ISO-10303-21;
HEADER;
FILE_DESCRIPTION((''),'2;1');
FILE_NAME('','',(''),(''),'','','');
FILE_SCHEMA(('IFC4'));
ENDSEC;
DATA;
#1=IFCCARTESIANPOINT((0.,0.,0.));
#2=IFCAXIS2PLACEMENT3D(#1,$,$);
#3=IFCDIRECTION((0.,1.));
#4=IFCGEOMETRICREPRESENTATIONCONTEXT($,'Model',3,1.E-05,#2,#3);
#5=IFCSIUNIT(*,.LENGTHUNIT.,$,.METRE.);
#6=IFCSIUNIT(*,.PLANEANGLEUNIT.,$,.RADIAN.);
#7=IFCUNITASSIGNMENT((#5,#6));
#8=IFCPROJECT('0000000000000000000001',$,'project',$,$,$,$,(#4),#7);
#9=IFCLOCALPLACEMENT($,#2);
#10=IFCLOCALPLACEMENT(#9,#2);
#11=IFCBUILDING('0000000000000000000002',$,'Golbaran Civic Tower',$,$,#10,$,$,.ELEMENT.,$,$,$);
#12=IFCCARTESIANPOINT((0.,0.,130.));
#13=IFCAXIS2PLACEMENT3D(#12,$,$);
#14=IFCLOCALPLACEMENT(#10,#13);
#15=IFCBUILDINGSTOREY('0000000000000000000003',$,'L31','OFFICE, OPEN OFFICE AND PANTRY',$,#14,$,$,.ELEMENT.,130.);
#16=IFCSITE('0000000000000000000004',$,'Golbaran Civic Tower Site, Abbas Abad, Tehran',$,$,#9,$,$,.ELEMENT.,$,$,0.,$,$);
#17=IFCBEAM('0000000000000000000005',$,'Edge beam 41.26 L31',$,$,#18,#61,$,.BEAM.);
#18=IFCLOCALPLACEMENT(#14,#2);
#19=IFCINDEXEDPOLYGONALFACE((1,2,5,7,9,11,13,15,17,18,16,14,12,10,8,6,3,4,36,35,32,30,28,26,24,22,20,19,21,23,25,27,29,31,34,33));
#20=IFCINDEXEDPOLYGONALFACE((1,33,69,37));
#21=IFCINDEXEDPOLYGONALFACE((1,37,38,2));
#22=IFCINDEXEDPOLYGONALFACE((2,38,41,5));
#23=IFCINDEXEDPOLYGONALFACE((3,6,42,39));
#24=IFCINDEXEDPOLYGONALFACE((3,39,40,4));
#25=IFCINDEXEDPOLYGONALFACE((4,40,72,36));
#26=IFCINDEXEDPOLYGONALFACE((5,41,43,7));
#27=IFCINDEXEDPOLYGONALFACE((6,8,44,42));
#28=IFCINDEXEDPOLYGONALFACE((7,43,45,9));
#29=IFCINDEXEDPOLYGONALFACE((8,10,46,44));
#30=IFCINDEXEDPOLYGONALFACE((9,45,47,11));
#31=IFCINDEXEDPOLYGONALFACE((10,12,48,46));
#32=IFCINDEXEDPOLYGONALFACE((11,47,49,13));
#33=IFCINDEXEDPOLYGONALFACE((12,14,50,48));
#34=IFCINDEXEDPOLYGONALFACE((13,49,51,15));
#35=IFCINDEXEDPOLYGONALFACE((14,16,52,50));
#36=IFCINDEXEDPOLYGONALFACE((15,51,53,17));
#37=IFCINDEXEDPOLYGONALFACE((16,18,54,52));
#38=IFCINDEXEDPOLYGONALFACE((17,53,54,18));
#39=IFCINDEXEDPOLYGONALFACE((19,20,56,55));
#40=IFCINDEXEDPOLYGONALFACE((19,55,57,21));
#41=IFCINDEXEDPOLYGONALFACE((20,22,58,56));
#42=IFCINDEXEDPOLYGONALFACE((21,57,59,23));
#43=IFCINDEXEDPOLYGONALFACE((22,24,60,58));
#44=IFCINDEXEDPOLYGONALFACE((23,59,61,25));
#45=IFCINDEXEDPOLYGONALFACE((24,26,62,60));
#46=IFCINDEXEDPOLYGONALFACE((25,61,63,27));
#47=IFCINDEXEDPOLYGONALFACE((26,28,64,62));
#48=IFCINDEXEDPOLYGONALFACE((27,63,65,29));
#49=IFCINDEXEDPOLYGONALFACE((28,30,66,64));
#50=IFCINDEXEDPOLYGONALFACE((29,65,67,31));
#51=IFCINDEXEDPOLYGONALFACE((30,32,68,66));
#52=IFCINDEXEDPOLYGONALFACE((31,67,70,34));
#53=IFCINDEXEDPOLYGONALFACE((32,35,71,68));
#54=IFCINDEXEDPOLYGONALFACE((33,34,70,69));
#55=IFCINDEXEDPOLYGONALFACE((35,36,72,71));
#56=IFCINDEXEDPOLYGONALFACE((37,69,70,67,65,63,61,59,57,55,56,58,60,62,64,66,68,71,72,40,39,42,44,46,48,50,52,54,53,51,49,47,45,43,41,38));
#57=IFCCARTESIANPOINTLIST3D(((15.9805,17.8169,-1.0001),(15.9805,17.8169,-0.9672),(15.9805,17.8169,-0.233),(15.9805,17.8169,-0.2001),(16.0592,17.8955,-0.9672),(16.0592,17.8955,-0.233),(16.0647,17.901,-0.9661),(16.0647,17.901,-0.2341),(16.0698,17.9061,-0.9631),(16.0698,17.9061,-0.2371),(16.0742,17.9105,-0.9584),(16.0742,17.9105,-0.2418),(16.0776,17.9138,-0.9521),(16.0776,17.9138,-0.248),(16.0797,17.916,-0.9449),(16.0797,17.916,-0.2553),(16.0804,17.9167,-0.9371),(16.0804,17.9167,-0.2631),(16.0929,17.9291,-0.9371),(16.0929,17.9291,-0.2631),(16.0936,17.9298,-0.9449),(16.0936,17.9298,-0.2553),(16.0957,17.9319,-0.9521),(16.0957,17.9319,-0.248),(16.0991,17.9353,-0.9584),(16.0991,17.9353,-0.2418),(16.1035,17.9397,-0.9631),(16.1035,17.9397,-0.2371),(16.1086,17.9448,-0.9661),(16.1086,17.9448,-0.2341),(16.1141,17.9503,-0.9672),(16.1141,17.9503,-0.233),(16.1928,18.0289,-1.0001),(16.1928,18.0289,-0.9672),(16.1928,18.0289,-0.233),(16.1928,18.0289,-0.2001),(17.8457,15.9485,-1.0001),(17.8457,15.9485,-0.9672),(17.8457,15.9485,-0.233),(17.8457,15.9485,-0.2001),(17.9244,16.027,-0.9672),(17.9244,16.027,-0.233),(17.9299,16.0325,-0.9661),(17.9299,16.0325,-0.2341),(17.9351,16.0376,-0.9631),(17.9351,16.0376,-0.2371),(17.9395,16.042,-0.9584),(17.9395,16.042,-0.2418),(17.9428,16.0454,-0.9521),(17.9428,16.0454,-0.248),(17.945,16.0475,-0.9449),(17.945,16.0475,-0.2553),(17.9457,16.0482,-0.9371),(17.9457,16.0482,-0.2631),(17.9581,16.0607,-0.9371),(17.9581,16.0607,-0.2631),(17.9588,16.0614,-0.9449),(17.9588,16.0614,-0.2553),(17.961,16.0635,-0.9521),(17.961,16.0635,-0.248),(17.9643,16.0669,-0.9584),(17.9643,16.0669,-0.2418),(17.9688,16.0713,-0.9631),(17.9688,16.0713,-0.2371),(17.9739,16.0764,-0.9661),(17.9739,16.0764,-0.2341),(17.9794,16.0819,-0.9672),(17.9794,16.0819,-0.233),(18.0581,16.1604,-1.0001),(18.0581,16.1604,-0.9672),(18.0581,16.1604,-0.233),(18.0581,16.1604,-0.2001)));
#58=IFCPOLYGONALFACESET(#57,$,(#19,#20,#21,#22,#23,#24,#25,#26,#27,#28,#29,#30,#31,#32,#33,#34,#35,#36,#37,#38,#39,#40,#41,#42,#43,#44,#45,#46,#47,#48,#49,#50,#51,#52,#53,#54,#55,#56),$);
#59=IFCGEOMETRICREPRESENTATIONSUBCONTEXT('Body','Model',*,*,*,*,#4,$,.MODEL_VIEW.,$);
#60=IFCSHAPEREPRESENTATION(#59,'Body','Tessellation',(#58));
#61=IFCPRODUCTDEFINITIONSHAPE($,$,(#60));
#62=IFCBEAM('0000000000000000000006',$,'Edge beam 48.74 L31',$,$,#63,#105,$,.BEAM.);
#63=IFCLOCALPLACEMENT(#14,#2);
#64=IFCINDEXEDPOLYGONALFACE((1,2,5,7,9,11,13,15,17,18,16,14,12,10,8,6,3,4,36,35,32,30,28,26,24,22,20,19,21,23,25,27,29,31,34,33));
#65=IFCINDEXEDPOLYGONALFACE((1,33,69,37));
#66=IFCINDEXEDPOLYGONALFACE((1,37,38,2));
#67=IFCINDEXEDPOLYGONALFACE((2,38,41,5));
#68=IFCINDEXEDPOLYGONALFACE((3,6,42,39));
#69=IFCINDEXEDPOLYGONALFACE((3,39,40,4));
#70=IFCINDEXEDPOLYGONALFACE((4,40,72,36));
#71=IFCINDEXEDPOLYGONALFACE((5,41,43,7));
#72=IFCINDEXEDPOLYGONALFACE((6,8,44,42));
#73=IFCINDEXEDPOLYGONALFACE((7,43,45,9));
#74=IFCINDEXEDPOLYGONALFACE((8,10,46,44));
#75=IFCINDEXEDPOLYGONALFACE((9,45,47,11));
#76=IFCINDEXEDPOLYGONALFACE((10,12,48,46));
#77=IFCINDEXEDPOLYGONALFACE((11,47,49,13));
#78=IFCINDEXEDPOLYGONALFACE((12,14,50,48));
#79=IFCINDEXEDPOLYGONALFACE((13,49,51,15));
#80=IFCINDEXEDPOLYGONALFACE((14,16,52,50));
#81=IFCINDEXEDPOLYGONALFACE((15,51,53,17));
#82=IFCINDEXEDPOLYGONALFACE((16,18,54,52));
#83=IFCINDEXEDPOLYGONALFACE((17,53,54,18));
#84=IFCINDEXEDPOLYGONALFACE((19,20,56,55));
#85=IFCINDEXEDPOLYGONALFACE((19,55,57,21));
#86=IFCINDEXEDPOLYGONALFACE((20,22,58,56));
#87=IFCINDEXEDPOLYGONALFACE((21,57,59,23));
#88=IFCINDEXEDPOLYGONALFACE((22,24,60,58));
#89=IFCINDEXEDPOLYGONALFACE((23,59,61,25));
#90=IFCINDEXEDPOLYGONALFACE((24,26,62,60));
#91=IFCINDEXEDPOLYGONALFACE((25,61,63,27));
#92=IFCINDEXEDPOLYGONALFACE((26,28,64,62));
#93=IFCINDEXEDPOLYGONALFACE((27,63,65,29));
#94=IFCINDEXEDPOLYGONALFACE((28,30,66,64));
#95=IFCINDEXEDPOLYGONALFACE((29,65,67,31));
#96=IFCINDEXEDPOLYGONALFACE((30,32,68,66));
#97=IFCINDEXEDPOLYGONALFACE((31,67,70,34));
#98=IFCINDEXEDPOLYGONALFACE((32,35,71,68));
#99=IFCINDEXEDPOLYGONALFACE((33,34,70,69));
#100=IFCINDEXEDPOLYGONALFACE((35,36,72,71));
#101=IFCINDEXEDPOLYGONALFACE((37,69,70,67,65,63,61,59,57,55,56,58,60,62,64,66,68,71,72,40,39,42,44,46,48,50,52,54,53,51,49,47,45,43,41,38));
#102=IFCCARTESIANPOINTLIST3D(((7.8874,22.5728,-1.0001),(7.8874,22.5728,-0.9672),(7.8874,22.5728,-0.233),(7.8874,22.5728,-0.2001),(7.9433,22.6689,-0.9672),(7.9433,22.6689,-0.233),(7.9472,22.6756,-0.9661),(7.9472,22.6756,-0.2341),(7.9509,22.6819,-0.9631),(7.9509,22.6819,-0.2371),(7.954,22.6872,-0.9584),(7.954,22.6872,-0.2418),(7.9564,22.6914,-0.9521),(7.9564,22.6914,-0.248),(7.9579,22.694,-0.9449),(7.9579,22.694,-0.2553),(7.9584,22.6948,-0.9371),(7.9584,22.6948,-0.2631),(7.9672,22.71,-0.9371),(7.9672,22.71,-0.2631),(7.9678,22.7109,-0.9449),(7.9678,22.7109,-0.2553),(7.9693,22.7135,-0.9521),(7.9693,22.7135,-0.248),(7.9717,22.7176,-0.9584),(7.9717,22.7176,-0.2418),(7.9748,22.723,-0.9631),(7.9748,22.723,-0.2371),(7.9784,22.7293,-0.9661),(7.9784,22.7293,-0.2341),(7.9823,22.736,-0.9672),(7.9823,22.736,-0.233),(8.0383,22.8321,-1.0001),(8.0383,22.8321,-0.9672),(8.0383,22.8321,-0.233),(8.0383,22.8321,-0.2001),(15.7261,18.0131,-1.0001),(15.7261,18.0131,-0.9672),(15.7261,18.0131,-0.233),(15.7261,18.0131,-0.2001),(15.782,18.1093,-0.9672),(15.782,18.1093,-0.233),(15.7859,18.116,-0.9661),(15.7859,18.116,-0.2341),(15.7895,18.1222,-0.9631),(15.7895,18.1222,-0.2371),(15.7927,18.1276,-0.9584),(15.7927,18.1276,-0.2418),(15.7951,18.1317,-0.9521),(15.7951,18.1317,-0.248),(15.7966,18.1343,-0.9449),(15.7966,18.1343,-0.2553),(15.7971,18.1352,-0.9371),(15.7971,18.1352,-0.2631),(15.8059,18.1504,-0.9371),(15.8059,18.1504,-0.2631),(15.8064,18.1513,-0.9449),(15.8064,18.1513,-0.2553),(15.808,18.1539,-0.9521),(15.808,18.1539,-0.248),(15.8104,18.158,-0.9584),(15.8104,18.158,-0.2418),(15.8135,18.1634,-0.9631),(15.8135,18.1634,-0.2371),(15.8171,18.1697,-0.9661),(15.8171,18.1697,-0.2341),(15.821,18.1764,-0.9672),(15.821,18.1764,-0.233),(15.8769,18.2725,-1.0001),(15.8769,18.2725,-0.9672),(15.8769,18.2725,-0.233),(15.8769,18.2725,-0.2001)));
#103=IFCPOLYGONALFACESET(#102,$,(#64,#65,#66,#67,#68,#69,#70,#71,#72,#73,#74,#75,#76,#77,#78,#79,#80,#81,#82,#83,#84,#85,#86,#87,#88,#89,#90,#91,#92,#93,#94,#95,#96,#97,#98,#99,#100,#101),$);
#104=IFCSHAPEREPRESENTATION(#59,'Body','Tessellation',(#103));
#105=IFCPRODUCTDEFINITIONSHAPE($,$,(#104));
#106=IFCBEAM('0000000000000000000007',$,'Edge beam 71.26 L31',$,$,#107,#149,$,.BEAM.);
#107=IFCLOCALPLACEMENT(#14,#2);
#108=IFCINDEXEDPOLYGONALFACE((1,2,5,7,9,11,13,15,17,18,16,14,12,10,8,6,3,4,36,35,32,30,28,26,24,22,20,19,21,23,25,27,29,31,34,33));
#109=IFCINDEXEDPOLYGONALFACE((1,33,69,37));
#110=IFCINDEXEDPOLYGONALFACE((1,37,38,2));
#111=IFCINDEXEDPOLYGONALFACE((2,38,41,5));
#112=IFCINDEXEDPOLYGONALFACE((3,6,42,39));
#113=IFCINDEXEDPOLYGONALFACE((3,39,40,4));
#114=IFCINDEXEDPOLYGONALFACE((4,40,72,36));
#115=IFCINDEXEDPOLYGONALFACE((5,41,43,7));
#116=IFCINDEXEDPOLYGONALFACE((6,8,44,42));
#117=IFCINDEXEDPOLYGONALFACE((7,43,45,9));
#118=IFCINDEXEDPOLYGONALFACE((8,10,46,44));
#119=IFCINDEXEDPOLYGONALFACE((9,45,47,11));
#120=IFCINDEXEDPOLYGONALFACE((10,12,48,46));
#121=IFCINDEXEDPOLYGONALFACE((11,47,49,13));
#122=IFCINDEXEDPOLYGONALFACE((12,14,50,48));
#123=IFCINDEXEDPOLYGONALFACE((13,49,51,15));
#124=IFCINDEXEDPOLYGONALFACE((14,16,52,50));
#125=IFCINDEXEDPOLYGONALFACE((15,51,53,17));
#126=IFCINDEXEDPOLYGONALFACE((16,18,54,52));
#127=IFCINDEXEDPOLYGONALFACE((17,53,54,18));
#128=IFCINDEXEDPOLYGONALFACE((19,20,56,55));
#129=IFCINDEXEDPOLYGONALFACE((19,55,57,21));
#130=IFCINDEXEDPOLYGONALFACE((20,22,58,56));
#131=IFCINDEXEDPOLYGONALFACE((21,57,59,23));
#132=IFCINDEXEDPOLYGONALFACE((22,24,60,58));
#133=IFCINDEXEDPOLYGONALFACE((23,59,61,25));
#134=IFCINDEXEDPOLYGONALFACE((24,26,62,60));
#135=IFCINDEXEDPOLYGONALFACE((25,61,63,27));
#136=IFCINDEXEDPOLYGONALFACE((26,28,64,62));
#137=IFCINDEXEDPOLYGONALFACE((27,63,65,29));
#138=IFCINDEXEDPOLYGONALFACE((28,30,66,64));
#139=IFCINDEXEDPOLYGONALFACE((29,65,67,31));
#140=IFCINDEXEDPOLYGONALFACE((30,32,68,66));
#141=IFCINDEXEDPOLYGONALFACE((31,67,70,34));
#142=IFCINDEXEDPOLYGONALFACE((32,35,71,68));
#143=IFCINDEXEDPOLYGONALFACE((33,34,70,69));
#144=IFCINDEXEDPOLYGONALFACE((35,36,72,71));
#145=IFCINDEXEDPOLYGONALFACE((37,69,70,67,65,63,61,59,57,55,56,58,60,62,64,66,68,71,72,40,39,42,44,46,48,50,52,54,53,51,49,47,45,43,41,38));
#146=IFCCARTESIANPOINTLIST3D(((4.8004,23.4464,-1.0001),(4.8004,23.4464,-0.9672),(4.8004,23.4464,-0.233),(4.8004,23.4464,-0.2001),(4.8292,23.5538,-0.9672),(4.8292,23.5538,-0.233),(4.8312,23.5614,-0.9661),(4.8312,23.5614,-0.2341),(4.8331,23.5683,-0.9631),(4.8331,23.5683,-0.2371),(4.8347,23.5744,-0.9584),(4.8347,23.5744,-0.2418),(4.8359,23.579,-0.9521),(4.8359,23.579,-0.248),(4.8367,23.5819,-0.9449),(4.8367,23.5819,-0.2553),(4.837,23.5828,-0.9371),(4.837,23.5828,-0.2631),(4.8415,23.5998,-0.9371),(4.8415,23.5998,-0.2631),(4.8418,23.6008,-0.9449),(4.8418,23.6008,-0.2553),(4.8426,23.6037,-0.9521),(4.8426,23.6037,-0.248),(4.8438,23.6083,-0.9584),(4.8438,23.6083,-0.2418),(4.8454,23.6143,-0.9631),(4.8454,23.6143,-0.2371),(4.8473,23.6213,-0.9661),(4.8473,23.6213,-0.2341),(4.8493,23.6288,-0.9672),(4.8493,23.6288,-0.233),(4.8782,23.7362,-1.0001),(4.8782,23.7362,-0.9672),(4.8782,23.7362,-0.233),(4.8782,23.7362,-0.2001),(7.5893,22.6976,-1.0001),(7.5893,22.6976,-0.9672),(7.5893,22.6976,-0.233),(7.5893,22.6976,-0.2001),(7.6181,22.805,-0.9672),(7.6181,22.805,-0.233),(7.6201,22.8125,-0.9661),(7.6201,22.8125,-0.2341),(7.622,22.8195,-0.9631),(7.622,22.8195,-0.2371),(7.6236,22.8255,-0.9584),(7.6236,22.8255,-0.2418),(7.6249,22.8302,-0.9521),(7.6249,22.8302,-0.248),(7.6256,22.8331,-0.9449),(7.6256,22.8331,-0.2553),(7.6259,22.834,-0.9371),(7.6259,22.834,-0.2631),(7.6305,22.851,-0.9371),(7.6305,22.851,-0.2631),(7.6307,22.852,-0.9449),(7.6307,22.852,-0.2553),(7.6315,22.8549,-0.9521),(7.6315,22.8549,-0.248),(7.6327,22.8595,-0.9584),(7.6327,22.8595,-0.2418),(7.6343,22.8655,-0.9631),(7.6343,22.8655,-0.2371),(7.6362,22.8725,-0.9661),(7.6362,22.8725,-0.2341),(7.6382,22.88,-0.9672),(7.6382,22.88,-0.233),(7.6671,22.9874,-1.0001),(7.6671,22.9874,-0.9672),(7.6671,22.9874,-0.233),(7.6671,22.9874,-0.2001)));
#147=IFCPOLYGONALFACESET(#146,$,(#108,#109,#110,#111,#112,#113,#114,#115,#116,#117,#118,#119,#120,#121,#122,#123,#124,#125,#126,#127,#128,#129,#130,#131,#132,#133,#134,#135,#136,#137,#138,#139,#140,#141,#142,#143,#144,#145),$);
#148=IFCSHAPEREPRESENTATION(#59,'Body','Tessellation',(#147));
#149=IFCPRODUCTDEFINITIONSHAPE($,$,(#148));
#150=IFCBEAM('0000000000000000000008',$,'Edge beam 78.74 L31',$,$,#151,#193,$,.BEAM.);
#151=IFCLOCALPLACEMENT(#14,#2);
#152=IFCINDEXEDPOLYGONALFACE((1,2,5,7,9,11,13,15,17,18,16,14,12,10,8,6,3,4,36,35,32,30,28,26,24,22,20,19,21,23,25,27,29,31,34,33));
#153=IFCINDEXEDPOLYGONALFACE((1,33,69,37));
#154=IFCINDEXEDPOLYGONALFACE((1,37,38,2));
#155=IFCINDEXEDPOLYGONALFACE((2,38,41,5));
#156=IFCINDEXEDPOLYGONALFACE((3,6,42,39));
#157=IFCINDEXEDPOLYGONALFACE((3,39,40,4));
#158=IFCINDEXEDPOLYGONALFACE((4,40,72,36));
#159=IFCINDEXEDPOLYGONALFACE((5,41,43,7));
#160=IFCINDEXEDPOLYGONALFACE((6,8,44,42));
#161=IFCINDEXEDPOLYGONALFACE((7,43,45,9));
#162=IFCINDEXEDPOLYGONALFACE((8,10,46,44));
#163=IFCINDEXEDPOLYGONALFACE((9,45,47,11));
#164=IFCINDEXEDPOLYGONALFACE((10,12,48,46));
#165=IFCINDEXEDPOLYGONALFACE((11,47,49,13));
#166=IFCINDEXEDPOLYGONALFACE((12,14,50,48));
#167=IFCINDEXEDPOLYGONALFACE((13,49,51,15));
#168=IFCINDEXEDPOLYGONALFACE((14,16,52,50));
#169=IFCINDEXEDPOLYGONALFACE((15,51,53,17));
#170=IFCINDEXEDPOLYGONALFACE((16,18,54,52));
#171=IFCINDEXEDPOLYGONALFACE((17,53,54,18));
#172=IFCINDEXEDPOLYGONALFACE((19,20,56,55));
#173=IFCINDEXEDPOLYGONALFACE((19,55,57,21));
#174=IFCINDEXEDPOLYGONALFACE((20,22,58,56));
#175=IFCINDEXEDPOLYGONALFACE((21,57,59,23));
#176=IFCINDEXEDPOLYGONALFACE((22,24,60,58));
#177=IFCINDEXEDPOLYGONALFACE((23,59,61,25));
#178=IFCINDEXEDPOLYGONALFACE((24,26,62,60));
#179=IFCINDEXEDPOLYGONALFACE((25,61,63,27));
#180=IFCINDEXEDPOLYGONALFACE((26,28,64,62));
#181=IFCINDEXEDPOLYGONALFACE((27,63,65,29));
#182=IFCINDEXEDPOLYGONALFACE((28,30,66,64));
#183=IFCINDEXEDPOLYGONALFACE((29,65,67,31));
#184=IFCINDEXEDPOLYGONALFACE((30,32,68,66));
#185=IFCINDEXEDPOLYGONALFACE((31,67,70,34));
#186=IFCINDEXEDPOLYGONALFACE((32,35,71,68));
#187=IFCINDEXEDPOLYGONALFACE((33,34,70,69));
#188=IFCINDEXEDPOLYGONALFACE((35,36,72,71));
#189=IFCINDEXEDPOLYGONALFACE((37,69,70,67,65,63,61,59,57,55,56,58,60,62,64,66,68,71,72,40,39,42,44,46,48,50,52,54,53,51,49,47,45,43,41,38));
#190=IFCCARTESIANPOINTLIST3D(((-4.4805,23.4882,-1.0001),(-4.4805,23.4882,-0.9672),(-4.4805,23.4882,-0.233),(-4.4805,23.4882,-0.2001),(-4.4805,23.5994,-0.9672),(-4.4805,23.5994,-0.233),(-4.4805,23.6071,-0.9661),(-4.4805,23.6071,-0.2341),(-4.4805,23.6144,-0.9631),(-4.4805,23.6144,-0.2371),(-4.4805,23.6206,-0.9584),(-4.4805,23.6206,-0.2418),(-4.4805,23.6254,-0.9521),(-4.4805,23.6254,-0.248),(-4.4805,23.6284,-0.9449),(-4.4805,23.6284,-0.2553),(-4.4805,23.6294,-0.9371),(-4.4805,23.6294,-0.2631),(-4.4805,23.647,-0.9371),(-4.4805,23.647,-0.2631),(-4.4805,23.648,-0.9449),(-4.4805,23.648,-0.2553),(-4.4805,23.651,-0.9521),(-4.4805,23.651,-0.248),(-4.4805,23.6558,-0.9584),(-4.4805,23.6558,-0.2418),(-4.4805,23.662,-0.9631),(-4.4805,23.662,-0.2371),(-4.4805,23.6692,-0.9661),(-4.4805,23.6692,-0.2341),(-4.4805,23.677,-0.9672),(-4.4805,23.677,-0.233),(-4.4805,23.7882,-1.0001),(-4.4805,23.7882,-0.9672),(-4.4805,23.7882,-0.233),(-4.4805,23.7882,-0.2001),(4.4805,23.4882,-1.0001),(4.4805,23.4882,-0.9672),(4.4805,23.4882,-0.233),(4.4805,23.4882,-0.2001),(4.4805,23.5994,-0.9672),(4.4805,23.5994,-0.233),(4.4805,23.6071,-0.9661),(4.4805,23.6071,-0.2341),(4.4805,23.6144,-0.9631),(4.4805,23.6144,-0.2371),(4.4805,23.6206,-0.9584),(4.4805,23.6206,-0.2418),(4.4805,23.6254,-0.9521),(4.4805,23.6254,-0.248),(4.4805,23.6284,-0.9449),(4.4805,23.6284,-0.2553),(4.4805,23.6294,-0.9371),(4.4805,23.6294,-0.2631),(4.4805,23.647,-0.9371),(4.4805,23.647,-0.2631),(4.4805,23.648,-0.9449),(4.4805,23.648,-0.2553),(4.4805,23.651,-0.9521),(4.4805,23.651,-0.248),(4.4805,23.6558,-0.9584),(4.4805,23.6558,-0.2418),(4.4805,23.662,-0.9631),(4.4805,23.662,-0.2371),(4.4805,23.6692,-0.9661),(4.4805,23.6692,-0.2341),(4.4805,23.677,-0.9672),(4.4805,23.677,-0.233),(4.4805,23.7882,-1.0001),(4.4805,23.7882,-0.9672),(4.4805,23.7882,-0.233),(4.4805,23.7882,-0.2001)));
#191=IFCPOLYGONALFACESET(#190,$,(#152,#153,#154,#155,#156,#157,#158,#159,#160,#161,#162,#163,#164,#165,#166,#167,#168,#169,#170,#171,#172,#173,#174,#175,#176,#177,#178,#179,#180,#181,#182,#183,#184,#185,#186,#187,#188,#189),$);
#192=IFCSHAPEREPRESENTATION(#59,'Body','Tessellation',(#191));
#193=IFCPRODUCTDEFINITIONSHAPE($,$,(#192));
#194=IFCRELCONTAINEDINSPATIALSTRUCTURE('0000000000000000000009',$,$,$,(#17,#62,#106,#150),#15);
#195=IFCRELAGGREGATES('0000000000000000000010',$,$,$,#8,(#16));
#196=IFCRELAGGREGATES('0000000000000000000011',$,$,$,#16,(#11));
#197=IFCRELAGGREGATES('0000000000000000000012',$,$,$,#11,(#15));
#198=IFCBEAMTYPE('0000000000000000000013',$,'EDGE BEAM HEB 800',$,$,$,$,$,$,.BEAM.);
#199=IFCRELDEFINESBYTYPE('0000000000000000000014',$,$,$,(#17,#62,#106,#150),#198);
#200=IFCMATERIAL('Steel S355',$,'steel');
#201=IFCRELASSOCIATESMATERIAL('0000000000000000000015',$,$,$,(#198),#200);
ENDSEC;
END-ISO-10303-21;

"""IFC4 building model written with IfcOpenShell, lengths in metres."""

from ifc_helpers import new_model, si_unit, direction, frame, origin, origin_2d, place, context, subcontext, project, spatial, i_section, extrude, material, material_profile, profile_set, type_object, element, save


model = new_model("IFC4")

# Units and contexts
model_context = context("Model", 3, precision=1e-05, world=origin(), true_north=direction((0.0, 1.0)))
body_context = subcontext(model_context, "Body", "Model", "MODEL_VIEW")
ifc_project = project(units=[si_unit("LENGTHUNIT", "METRE"), si_unit("PLANEANGLEUNIT", "RADIAN")], contexts=[model_context])

# Site, building, storey
site_placement = place(None, origin())
site = spatial("IfcSite", under=ifc_project, at=site_placement, Name="Golbaran Civic Tower Site, Abbas Abad, Tehran", CompositionType="ELEMENT", RefElevation=0.0)
building_placement = place(site_placement, origin())
building = spatial("IfcBuilding", under=site, at=building_placement, Name="Golbaran Civic Tower", CompositionType="ELEMENT")
storey_placement = place(building_placement, frame((0.0, 0.0, 130.0)))
storey = spatial("IfcBuildingStorey", under=building, at=storey_placement, Name="L31", Description="OFFICE, OPEN OFFICE AND PANTRY", CompositionType="ELEMENT", Elevation=130.0)

# Beams
ifc_material_1 = material(Name="Steel S355", Category="steel")
ifc_material_profile_1 = material_profile(ifc_material_1, i_section(OverallWidth=0.3, OverallDepth=0.8, WebThickness=0.0176, FlangeThickness=0.033, FilletRadius=0.03, at=origin_2d()), Name="HEB 800")
ifc_profile_set_1 = profile_set([ifc_material_profile_1], Name="Steel S355")
beam_type_1 = type_object("IfcBeamType", Name="EDGE BEAM HEB 800", PredefinedType="BEAM", material=ifc_profile_set_1)
beam_1_placement = place(storey_placement, frame((17.9519, 16.0544, -0.6001), z_axis=(-0.706505, 0.707708, 0.0), x_axis=(-0.707708, -0.706505, 0.0)))
element("IfcBeam", 1, at=beam_1_placement, inside=storey, type_object=beam_type_1, Name="Edge beam 41.26 L31", PredefinedType="BEAM", context=body_context, shape_type="SweptSolid", body=[
    extrude(i_section(OverallWidth=0.3, OverallDepth=0.8, WebThickness=0.0176, FlangeThickness=0.033, FilletRadius=0.03, at=origin_2d()), origin(), (0.0, 0.0, 1.0), 2.6401),
])
beam_2_placement = place(storey_placement, frame((15.8015, 18.1428, -0.6001), z_axis=(-0.8644, 0.502804, 0.0), x_axis=(-0.502804, -0.8644, 0.0)))
element("IfcBeam", 2, at=beam_2_placement, inside=storey, type_object=beam_type_1, Name="Edge beam 48.74 L31", PredefinedType="BEAM", context=body_context, shape_type="SweptSolid", body=[
    extrude(i_section(OverallWidth=0.3, OverallDepth=0.8, WebThickness=0.0176, FlangeThickness=0.033, FilletRadius=0.03, at=origin_2d()), origin(), (0.0, 0.0, 1.0), 9.0684),
])
beam_3_placement = place(storey_placement, frame((7.6282, 22.8425, -0.6001), z_axis=(-0.965794, 0.259309, 0.0), x_axis=(-0.259309, -0.965794, 0.0)))
element("IfcBeam", 3, at=beam_3_placement, inside=storey, type_object=beam_type_1, Name="Edge beam 71.26 L31", PredefinedType="BEAM", context=body_context, shape_type="SweptSolid", body=[
    extrude(i_section(OverallWidth=0.3, OverallDepth=0.8, WebThickness=0.0176, FlangeThickness=0.033, FilletRadius=0.03, at=origin_2d()), origin(), (0.0, 0.0, 1.0), 2.8877),
])
beam_4_placement = place(storey_placement, frame((4.4805, 23.6382, -0.6001), z_axis=(-1.0, 0.0, 0.0), x_axis=(0.0, -1.0, 0.0)))
element("IfcBeam", 4, at=beam_4_placement, inside=storey, type_object=beam_type_1, Name="Edge beam 78.74 L31", PredefinedType="BEAM", context=body_context, shape_type="SweptSolid", body=[
    extrude(i_section(OverallWidth=0.3, OverallDepth=0.8, WebThickness=0.0176, FlangeThickness=0.033, FilletRadius=0.03, at=origin_2d()), origin(), (0.0, 0.0, 1.0), 8.9609),
])

save(model, "model.ifc")
